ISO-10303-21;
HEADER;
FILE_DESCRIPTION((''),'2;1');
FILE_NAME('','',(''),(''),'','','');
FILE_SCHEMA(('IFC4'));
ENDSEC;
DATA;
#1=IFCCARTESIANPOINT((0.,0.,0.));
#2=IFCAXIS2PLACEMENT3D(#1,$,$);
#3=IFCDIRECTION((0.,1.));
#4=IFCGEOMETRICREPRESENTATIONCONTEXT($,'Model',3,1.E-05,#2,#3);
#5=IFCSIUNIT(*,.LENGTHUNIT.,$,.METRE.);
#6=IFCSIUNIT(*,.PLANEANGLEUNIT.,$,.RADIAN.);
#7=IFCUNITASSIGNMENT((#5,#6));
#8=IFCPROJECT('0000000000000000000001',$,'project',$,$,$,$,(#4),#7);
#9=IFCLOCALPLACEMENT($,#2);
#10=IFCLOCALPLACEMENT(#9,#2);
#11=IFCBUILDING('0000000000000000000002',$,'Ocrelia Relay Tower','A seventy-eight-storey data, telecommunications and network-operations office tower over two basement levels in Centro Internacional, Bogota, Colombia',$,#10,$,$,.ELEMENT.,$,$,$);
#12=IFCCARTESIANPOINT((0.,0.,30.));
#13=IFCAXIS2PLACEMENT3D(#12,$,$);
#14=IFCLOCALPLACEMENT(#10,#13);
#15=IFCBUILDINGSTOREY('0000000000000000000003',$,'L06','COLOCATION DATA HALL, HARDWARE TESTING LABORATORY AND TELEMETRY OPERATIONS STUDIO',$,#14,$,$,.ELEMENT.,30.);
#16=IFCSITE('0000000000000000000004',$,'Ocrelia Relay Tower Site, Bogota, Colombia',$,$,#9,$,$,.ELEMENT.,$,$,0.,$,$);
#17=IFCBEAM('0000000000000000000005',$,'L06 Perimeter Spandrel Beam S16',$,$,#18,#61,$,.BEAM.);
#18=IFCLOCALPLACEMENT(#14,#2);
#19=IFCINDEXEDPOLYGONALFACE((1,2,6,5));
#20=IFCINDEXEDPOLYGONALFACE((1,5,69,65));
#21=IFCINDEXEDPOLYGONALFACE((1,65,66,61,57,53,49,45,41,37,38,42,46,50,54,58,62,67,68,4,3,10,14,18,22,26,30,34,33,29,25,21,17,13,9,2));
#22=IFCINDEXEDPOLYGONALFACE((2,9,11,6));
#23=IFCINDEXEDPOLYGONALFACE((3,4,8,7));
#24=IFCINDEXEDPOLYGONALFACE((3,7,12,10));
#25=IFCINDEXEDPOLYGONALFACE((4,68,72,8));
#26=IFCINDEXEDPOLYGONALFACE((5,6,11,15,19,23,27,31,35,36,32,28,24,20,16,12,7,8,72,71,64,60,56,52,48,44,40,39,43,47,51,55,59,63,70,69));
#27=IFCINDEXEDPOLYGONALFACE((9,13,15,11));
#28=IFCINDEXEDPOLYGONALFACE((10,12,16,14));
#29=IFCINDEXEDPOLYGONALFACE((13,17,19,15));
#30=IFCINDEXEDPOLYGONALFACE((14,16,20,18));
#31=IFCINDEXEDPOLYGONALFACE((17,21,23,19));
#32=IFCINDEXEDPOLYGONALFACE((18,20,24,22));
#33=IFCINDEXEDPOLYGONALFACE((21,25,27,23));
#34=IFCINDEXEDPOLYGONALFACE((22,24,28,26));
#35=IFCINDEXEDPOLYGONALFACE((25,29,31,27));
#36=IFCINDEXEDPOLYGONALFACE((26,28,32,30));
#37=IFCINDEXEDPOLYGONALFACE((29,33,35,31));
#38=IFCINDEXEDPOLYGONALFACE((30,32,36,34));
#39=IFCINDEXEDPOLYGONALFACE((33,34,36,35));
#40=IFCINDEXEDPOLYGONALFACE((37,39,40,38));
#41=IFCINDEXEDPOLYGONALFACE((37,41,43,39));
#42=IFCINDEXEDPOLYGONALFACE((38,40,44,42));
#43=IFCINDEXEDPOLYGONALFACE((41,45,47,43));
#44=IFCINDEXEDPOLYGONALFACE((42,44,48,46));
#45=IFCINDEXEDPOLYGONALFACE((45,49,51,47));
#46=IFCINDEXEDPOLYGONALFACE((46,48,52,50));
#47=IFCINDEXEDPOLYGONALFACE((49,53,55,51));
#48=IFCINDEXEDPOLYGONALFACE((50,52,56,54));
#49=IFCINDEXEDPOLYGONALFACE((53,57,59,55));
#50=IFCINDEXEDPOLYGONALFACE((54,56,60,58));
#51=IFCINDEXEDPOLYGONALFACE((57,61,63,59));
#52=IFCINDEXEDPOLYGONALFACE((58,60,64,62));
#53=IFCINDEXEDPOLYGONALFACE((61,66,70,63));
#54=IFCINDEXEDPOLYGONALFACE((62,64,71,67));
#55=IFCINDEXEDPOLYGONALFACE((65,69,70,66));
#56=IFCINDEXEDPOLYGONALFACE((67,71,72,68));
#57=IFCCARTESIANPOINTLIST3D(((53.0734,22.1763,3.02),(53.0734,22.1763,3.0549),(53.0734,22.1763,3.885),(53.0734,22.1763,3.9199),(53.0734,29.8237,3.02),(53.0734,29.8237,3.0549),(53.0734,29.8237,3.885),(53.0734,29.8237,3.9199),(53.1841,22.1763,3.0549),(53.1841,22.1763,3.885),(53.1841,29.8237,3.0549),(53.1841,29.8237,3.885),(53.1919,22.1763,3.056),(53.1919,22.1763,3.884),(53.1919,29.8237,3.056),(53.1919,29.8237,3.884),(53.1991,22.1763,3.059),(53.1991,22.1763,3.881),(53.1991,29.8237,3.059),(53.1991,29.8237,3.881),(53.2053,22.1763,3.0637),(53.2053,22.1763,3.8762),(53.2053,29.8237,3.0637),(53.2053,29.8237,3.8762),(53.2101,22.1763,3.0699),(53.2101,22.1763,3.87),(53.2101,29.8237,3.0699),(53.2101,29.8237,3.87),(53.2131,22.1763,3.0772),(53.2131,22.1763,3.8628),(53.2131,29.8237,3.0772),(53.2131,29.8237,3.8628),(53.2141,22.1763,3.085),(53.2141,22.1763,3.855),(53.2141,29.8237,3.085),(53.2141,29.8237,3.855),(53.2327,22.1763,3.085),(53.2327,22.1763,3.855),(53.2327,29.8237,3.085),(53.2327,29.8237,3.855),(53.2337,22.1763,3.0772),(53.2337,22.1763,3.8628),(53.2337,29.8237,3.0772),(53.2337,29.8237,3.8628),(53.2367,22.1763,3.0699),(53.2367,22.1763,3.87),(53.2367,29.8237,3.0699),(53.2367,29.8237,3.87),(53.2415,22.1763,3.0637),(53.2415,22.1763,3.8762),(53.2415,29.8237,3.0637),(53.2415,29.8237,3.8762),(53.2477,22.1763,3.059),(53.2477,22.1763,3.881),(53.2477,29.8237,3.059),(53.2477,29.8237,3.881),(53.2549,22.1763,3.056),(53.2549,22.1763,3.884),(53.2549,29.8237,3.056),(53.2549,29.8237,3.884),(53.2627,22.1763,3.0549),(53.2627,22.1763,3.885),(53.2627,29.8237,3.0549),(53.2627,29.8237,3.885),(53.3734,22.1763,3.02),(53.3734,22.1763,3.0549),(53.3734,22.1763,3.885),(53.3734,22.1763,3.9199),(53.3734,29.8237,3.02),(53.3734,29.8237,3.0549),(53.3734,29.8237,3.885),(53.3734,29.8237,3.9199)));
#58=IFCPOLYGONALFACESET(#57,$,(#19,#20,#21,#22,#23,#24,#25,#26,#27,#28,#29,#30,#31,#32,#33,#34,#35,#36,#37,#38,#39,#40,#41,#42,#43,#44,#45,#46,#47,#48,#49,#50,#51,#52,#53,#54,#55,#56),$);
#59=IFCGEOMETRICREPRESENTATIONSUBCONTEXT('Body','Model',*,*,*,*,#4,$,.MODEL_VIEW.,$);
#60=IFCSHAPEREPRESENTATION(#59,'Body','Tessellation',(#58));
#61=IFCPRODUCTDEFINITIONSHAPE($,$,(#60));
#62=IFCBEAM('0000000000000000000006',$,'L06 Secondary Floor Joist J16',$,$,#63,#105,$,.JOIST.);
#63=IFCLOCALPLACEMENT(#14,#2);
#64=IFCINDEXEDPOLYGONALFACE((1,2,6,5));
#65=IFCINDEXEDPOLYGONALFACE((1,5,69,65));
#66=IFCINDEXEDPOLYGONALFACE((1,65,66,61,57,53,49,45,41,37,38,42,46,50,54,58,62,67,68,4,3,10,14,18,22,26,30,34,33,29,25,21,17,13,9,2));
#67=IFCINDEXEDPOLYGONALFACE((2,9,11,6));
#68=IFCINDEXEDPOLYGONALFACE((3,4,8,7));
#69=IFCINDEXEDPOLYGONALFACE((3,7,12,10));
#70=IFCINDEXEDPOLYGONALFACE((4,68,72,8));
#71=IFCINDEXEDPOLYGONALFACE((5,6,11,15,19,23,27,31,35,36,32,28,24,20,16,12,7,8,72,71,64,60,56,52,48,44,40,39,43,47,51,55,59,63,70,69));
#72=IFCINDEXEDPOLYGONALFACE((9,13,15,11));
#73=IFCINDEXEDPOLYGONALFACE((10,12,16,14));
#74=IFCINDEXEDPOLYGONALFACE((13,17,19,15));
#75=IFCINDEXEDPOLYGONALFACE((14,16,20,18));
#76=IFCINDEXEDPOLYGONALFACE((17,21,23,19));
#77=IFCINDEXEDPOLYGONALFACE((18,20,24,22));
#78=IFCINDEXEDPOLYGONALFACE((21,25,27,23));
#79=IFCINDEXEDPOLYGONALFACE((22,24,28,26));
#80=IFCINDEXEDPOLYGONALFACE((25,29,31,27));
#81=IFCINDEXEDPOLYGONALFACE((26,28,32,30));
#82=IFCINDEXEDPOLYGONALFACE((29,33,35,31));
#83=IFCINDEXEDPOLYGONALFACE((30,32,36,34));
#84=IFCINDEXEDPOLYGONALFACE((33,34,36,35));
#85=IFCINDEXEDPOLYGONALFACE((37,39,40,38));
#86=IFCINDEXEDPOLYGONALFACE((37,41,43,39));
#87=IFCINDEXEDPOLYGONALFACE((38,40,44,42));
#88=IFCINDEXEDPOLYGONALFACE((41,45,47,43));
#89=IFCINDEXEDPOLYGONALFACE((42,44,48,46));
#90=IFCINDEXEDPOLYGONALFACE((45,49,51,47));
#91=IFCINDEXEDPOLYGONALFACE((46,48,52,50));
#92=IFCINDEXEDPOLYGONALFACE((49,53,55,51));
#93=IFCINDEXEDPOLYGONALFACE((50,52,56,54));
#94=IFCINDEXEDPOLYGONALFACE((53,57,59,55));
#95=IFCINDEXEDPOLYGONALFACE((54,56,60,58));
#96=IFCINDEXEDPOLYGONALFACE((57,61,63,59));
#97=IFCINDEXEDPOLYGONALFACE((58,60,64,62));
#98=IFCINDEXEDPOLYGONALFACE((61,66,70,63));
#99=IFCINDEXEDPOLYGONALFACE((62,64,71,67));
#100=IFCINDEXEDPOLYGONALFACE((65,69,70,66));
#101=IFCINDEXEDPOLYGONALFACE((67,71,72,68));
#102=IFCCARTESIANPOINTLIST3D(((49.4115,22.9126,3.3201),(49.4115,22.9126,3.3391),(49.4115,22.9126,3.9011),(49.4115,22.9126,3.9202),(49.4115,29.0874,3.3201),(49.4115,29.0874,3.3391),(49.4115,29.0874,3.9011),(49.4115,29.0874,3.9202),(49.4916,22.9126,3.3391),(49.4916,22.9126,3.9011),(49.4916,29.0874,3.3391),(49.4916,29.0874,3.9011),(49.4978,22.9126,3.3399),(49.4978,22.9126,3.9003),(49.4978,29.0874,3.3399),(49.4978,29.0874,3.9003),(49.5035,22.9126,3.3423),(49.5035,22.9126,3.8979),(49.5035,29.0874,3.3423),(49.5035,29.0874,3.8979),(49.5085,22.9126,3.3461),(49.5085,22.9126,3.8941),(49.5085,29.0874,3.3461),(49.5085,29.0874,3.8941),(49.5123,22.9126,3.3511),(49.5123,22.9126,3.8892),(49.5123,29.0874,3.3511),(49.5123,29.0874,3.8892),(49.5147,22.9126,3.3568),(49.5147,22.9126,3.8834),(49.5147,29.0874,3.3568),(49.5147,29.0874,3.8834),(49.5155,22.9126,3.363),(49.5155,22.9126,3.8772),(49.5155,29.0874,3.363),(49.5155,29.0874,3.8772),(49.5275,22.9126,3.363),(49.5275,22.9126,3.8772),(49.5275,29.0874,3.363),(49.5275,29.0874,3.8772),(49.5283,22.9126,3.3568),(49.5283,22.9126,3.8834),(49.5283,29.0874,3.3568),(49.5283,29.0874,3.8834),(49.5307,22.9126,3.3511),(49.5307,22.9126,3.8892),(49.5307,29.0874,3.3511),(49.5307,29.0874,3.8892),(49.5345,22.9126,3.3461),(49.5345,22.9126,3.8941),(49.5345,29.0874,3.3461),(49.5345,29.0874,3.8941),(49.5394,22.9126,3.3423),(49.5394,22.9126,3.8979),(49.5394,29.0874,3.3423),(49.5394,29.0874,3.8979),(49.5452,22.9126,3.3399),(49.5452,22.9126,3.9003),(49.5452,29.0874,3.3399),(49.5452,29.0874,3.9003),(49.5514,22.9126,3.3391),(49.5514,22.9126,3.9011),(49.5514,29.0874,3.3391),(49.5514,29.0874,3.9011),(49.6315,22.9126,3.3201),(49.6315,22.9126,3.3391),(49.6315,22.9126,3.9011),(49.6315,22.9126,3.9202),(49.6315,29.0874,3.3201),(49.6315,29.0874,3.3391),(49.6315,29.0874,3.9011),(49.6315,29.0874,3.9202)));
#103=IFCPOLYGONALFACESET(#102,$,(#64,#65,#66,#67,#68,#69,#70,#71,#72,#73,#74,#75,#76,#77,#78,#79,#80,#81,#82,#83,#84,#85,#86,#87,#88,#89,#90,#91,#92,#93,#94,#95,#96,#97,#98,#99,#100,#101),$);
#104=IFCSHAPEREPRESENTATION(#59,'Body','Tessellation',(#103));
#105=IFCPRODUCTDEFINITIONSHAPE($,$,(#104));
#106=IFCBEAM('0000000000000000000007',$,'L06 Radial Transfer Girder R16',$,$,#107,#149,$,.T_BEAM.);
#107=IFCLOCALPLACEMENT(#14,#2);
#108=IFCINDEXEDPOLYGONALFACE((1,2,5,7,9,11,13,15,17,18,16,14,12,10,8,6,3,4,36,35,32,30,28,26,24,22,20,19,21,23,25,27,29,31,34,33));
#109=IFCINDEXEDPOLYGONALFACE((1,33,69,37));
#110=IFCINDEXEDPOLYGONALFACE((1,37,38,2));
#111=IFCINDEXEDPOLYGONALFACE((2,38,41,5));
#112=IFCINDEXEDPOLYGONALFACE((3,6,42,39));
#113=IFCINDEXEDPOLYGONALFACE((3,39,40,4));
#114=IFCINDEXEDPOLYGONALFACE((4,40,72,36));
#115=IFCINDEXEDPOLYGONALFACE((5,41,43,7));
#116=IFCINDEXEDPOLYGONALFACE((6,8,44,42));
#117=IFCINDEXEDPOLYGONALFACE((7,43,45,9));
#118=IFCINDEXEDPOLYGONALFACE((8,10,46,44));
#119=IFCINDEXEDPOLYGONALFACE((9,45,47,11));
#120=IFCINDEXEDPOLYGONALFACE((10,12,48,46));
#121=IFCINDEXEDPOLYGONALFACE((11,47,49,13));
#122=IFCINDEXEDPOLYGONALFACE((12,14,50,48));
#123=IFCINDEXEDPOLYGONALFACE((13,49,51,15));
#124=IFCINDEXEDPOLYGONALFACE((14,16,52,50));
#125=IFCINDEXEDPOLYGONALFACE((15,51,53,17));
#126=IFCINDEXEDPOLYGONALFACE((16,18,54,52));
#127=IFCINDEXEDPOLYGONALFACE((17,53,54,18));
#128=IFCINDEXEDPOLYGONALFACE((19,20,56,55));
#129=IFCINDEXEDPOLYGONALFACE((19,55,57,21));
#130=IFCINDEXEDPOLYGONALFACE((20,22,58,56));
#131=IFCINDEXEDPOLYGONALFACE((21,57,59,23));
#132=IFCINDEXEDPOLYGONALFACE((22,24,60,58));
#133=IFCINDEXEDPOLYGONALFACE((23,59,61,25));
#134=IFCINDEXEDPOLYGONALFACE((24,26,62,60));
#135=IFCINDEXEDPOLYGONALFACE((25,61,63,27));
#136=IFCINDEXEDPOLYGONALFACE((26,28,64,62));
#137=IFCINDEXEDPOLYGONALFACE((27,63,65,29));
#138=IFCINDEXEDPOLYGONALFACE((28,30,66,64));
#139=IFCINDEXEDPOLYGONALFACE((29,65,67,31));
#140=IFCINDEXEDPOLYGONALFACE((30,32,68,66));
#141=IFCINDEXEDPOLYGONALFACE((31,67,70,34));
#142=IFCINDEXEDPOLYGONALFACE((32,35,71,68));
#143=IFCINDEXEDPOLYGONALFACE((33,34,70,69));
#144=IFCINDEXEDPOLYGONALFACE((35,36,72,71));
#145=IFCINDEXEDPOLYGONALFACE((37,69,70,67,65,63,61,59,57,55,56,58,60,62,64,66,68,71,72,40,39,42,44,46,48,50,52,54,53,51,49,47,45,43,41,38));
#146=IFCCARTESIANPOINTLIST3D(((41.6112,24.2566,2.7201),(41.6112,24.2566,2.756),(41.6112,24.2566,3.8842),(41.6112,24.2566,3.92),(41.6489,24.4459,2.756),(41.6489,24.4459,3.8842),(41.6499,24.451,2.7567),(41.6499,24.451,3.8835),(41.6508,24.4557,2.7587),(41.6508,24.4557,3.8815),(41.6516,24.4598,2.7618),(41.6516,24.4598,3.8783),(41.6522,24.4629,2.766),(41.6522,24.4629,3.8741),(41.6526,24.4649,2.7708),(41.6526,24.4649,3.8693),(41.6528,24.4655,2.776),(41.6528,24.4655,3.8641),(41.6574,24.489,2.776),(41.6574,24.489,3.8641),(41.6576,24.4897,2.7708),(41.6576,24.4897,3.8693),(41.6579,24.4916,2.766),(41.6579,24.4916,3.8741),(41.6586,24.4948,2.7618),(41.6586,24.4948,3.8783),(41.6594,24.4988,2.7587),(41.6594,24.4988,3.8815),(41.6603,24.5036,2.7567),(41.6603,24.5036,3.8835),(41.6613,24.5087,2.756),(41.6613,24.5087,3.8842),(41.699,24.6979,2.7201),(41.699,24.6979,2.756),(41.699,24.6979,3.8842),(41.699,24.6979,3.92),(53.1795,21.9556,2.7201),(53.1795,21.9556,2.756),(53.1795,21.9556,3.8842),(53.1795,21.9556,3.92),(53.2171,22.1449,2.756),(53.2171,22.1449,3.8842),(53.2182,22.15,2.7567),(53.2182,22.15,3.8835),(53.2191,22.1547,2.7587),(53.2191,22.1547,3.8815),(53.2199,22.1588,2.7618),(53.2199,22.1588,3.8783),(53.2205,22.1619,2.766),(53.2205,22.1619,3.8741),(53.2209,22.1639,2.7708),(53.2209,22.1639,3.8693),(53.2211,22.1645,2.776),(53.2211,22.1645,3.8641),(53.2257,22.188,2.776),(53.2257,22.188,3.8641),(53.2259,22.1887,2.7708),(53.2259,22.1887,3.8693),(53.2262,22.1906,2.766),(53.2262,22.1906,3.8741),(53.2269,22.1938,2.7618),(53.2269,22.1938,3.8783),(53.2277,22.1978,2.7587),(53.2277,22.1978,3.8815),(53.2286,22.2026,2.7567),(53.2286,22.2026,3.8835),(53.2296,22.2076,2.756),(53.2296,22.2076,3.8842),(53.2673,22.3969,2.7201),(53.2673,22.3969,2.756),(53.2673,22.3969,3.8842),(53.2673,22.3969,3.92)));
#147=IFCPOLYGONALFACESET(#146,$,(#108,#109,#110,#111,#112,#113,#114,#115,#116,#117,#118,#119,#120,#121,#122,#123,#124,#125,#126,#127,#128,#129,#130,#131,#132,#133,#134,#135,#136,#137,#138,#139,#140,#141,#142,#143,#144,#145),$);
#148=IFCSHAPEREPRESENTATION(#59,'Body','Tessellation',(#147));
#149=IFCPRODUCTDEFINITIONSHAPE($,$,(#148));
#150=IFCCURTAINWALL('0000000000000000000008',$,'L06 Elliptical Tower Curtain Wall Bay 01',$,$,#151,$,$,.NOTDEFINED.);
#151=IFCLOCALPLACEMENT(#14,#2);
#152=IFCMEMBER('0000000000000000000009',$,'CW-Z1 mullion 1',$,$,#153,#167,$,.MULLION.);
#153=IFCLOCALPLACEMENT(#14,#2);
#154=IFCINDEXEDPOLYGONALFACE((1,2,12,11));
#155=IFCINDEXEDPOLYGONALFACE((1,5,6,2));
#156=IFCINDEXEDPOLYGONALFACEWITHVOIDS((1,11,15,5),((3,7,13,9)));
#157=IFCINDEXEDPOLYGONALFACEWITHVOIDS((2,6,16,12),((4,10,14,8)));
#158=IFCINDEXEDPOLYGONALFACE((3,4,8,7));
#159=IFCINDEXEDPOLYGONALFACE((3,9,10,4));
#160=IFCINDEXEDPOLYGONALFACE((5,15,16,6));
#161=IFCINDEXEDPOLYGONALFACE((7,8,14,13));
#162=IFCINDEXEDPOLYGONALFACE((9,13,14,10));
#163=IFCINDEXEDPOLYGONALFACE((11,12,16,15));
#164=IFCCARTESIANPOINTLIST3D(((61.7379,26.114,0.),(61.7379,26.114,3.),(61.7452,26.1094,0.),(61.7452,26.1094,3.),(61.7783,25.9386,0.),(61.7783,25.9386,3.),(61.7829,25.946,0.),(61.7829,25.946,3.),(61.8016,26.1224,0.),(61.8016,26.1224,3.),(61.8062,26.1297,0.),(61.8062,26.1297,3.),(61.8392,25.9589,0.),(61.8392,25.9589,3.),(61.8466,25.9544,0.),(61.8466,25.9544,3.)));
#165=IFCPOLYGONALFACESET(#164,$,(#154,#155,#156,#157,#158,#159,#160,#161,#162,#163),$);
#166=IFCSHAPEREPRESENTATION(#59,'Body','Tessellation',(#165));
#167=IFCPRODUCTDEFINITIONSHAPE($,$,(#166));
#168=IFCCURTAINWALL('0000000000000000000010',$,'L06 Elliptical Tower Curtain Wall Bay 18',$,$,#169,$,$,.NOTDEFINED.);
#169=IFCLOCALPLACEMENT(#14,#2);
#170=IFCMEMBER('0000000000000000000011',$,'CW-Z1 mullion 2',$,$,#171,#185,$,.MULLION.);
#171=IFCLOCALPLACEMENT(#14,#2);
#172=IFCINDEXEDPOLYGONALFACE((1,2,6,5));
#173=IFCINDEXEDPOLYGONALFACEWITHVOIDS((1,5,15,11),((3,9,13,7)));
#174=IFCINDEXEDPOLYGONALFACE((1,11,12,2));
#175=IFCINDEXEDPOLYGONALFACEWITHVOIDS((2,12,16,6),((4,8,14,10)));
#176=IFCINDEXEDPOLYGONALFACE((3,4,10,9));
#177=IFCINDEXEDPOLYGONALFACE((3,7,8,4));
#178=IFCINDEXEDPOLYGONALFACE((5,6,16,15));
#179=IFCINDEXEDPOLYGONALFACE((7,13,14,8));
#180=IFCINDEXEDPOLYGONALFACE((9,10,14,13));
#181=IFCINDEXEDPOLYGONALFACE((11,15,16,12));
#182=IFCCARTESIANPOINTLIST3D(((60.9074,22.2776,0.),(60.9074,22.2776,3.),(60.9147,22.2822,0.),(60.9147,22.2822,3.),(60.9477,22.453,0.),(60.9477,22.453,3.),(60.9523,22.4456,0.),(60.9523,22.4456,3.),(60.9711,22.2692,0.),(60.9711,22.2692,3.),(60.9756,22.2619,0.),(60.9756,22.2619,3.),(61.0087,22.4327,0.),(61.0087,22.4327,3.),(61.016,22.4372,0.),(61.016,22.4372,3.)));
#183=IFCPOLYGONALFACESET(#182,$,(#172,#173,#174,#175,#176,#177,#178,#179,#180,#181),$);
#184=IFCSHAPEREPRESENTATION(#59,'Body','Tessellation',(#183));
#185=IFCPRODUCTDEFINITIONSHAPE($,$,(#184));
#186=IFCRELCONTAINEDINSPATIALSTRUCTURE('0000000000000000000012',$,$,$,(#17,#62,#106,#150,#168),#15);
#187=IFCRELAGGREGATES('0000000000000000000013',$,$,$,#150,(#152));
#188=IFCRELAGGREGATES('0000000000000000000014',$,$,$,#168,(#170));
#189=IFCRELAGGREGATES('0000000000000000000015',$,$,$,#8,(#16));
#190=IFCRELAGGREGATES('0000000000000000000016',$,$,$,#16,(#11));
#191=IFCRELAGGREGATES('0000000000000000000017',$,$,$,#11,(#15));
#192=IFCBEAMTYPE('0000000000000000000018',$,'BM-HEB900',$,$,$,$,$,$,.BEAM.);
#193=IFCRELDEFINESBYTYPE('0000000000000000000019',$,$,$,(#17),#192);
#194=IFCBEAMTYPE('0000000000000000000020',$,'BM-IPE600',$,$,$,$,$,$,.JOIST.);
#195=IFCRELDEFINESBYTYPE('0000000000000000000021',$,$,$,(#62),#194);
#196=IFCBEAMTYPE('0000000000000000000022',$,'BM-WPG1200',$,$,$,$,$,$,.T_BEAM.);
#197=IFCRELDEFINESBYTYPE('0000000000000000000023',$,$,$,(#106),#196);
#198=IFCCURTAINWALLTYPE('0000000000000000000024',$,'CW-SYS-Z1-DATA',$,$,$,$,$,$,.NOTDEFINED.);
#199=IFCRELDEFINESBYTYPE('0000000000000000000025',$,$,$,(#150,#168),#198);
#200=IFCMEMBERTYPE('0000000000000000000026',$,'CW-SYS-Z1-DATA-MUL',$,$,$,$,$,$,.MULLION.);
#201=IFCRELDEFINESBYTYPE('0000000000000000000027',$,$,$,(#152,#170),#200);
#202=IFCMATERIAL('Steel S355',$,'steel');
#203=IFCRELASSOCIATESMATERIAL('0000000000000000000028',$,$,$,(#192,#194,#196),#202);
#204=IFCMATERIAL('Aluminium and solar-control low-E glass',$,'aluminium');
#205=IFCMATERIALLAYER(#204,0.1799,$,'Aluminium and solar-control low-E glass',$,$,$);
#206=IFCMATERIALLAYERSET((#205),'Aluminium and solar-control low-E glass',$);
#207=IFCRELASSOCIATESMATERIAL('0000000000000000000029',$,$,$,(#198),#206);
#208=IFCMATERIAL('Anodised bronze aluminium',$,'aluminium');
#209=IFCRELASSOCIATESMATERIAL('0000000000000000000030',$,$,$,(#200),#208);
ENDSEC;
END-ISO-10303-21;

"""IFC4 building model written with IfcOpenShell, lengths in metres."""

from ifc_helpers import new_model, si_unit, direction, frame, origin, origin_2d, place, context, subcontext, project, spatial, hollow_rectangle, i_section, extrude, material, layer, layer_set, material_profile, profile_set, type_object, element, aggregate, save


model = new_model("IFC4")

# Units and contexts
model_context = context("Model", 3, precision=1e-05, world=origin(), true_north=direction((0.0, 1.0)))
body_context = subcontext(model_context, "Body", "Model", "MODEL_VIEW")
ifc_project = project(units=[si_unit("LENGTHUNIT", "METRE"), si_unit("PLANEANGLEUNIT", "RADIAN")], contexts=[model_context])

# Site, building, storey
site_placement = place(None, origin())
site = spatial("IfcSite", under=ifc_project, at=site_placement, Name="Ocrelia Relay Tower Site, Bogota, Colombia", CompositionType="ELEMENT", RefElevation=0.0)
building_placement = place(site_placement, origin())
building = spatial("IfcBuilding", under=site, at=building_placement, Name="Ocrelia Relay Tower", Description="A seventy-eight-storey data, telecommunications and network-operations office tower over two basement levels in Centro Internacional, Bogota, Colombia", CompositionType="ELEMENT")
storey_placement = place(building_placement, frame((0.0, 0.0, 30.0)))
storey = spatial("IfcBuildingStorey", under=building, at=storey_placement, Name="L06", Description="COLOCATION DATA HALL, HARDWARE TESTING LABORATORY AND TELEMETRY OPERATIONS STUDIO", CompositionType="ELEMENT", Elevation=30.0)

# Beams
ifc_material_1 = material(Name="Steel S355", Category="steel")
ifc_material_profile_1 = material_profile(ifc_material_1, i_section(OverallWidth=0.3, OverallDepth=0.8999, WebThickness=0.0186, FlangeThickness=0.0349, FilletRadius=0.03, at=origin_2d()), Name="HEB 900")
ifc_profile_set_1 = profile_set([ifc_material_profile_1], Name="Steel S355")
beam_type_1 = type_object("IfcBeamType", Name="BM-HEB900", PredefinedType="BEAM", material=ifc_profile_set_1)
beam_1_placement = place(storey_placement, frame((53.2234, 22.1763, 3.47), z_axis=(0.0, 1.0, 0.0), x_axis=(-1.0, 0.0, 0.0)))
element("IfcBeam", 1, at=beam_1_placement, inside=storey, type_object=beam_type_1, Name="L06 Perimeter Spandrel Beam S16", PredefinedType="BEAM", context=body_context, shape_type="SweptSolid", body=[
    extrude(i_section(OverallWidth=0.3, OverallDepth=0.8999, WebThickness=0.0186, FlangeThickness=0.0349, FilletRadius=0.03, at=origin_2d()), origin(), (0.0, 0.0, 1.0), 7.6475),
])
ifc_material_profile_2 = material_profile(ifc_material_1, i_section(OverallWidth=0.22, OverallDepth=0.6001, WebThickness=0.012, FlangeThickness=0.019, FilletRadius=0.0239, at=origin_2d()), Name="IPE 600")
ifc_profile_set_2 = profile_set([ifc_material_profile_2], Name="Steel S355")
beam_type_2 = type_object("IfcBeamType", Name="BM-IPE600", PredefinedType="JOIST", material=ifc_profile_set_2)
beam_2_placement = place(storey_placement, frame((49.5215, 22.9126, 3.6201), z_axis=(0.0, 1.0, 0.0), x_axis=(-1.0, 0.0, 0.0)))
element("IfcBeam", 2, at=beam_2_placement, inside=storey, type_object=beam_type_2, Name="L06 Secondary Floor Joist J16", PredefinedType="JOIST", context=body_context, shape_type="SweptSolid", body=[
    extrude(i_section(OverallWidth=0.22, OverallDepth=0.6001, WebThickness=0.012, FlangeThickness=0.019, FilletRadius=0.0239, at=origin_2d()), origin(), (0.0, 0.0, 1.0), 6.1748),
])
ifc_material_profile_3 = material_profile(ifc_material_1, i_section(OverallWidth=0.45, OverallDepth=1.2, WebThickness=0.0239, FlangeThickness=0.0359, FilletRadius=0.02, at=origin_2d()), Name="WPG 1200x450")
ifc_profile_set_3 = profile_set([ifc_material_profile_3], Name="Steel S355")
beam_type_3 = type_object("IfcBeamType", Name="BM-WPG1200", PredefinedType="T_BEAM", material=ifc_profile_set_3)
beam_3_placement = place(storey_placement, frame((53.2234, 22.1763, 3.3201), z_axis=(-0.980786, 0.195085, 0.0), x_axis=(-0.195085, -0.980786, 0.0)))
element("IfcBeam", 3, at=beam_3_placement, inside=storey, type_object=beam_type_3, Name="L06 Radial Transfer Girder R16", PredefinedType="T_BEAM", context=body_context, shape_type="SweptSolid", body=[
    extrude(i_section(OverallWidth=0.45, OverallDepth=1.2, WebThickness=0.0239, FlangeThickness=0.0359, FilletRadius=0.02, at=origin_2d()), origin(), (0.0, 0.0, 1.0), 11.7949),
])

# Curtain wall, member
ifc_material_2 = material(Name="Aluminium and solar-control low-E glass", Category="aluminium")
ifc_layer_1 = layer(ifc_material_2, 0.1799, Name="Aluminium and solar-control low-E glass")
ifc_layer_set_1 = layer_set([ifc_layer_1], Name="Aluminium and solar-control low-E glass")
curtain_wall_type = type_object("IfcCurtainWallType", Name="CW-SYS-Z1-DATA", PredefinedType="NOTDEFINED", material=ifc_layer_set_1)
curtain_wall_1_placement = place(storey_placement, origin())
curtain_wall_1 = element("IfcCurtainWall", 4, at=curtain_wall_1_placement, inside=storey, type_object=curtain_wall_type, Name="L06 Elliptical Tower Curtain Wall Bay 01", PredefinedType="NOTDEFINED")
ifc_material_3 = material(Name="Anodised bronze aluminium", Category="aluminium")
ifc_material_profile_4 = material_profile(ifc_material_3, hollow_rectangle(XDim=0.0701, YDim=0.1799, WallThickness=0.0061, at=origin_2d()), Name="CW-MUL-180x70")
ifc_profile_set_4 = profile_set([ifc_material_profile_4], Name="Anodised bronze aluminium")
member_type_1 = type_object("IfcMemberType", Name="CW-SYS-Z1-DATA-MUL", PredefinedType="MULLION", material=ifc_profile_set_4)
member_1_placement = place(storey_placement, frame((61.7922, 26.0342, 0.0), z_axis=(0.0, 0.0, 1.0), x_axis=(-0.974527, -0.224268, 0.0)))
member_1 = element("IfcMember", 5, at=member_1_placement, type_object=member_type_1, Name="CW-Z1 mullion 1", PredefinedType="MULLION", context=body_context, shape_type="SweptSolid", body=[
    extrude(hollow_rectangle(XDim=0.0701, YDim=0.1799, WallThickness=0.0061, at=origin_2d()), origin(), (0.0, 0.0, 1.0), 3.0),
])

# Curtain wall, member
curtain_wall_2_placement = place(storey_placement, origin())
curtain_wall_2 = element("IfcCurtainWall", 6, at=curtain_wall_2_placement, inside=storey, type_object=curtain_wall_type, Name="L06 Elliptical Tower Curtain Wall Bay 18", PredefinedType="NOTDEFINED")
member_2_placement = place(storey_placement, frame((60.9617, 22.3574, 0.0), z_axis=(0.0, 0.0, 1.0), x_axis=(-0.974527, 0.224268, 0.0)))
member_2 = element("IfcMember", 7, at=member_2_placement, type_object=member_type_1, Name="CW-Z1 mullion 2", PredefinedType="MULLION", context=body_context, shape_type="SweptSolid", body=[
    extrude(hollow_rectangle(XDim=0.0701, YDim=0.1799, WallThickness=0.0061, at=origin_2d()), origin(), (0.0, 0.0, 1.0), 3.0),
])

aggregate(curtain_wall_1, [member_1])

aggregate(curtain_wall_2, [member_2])

save(model, "model.ifc")
